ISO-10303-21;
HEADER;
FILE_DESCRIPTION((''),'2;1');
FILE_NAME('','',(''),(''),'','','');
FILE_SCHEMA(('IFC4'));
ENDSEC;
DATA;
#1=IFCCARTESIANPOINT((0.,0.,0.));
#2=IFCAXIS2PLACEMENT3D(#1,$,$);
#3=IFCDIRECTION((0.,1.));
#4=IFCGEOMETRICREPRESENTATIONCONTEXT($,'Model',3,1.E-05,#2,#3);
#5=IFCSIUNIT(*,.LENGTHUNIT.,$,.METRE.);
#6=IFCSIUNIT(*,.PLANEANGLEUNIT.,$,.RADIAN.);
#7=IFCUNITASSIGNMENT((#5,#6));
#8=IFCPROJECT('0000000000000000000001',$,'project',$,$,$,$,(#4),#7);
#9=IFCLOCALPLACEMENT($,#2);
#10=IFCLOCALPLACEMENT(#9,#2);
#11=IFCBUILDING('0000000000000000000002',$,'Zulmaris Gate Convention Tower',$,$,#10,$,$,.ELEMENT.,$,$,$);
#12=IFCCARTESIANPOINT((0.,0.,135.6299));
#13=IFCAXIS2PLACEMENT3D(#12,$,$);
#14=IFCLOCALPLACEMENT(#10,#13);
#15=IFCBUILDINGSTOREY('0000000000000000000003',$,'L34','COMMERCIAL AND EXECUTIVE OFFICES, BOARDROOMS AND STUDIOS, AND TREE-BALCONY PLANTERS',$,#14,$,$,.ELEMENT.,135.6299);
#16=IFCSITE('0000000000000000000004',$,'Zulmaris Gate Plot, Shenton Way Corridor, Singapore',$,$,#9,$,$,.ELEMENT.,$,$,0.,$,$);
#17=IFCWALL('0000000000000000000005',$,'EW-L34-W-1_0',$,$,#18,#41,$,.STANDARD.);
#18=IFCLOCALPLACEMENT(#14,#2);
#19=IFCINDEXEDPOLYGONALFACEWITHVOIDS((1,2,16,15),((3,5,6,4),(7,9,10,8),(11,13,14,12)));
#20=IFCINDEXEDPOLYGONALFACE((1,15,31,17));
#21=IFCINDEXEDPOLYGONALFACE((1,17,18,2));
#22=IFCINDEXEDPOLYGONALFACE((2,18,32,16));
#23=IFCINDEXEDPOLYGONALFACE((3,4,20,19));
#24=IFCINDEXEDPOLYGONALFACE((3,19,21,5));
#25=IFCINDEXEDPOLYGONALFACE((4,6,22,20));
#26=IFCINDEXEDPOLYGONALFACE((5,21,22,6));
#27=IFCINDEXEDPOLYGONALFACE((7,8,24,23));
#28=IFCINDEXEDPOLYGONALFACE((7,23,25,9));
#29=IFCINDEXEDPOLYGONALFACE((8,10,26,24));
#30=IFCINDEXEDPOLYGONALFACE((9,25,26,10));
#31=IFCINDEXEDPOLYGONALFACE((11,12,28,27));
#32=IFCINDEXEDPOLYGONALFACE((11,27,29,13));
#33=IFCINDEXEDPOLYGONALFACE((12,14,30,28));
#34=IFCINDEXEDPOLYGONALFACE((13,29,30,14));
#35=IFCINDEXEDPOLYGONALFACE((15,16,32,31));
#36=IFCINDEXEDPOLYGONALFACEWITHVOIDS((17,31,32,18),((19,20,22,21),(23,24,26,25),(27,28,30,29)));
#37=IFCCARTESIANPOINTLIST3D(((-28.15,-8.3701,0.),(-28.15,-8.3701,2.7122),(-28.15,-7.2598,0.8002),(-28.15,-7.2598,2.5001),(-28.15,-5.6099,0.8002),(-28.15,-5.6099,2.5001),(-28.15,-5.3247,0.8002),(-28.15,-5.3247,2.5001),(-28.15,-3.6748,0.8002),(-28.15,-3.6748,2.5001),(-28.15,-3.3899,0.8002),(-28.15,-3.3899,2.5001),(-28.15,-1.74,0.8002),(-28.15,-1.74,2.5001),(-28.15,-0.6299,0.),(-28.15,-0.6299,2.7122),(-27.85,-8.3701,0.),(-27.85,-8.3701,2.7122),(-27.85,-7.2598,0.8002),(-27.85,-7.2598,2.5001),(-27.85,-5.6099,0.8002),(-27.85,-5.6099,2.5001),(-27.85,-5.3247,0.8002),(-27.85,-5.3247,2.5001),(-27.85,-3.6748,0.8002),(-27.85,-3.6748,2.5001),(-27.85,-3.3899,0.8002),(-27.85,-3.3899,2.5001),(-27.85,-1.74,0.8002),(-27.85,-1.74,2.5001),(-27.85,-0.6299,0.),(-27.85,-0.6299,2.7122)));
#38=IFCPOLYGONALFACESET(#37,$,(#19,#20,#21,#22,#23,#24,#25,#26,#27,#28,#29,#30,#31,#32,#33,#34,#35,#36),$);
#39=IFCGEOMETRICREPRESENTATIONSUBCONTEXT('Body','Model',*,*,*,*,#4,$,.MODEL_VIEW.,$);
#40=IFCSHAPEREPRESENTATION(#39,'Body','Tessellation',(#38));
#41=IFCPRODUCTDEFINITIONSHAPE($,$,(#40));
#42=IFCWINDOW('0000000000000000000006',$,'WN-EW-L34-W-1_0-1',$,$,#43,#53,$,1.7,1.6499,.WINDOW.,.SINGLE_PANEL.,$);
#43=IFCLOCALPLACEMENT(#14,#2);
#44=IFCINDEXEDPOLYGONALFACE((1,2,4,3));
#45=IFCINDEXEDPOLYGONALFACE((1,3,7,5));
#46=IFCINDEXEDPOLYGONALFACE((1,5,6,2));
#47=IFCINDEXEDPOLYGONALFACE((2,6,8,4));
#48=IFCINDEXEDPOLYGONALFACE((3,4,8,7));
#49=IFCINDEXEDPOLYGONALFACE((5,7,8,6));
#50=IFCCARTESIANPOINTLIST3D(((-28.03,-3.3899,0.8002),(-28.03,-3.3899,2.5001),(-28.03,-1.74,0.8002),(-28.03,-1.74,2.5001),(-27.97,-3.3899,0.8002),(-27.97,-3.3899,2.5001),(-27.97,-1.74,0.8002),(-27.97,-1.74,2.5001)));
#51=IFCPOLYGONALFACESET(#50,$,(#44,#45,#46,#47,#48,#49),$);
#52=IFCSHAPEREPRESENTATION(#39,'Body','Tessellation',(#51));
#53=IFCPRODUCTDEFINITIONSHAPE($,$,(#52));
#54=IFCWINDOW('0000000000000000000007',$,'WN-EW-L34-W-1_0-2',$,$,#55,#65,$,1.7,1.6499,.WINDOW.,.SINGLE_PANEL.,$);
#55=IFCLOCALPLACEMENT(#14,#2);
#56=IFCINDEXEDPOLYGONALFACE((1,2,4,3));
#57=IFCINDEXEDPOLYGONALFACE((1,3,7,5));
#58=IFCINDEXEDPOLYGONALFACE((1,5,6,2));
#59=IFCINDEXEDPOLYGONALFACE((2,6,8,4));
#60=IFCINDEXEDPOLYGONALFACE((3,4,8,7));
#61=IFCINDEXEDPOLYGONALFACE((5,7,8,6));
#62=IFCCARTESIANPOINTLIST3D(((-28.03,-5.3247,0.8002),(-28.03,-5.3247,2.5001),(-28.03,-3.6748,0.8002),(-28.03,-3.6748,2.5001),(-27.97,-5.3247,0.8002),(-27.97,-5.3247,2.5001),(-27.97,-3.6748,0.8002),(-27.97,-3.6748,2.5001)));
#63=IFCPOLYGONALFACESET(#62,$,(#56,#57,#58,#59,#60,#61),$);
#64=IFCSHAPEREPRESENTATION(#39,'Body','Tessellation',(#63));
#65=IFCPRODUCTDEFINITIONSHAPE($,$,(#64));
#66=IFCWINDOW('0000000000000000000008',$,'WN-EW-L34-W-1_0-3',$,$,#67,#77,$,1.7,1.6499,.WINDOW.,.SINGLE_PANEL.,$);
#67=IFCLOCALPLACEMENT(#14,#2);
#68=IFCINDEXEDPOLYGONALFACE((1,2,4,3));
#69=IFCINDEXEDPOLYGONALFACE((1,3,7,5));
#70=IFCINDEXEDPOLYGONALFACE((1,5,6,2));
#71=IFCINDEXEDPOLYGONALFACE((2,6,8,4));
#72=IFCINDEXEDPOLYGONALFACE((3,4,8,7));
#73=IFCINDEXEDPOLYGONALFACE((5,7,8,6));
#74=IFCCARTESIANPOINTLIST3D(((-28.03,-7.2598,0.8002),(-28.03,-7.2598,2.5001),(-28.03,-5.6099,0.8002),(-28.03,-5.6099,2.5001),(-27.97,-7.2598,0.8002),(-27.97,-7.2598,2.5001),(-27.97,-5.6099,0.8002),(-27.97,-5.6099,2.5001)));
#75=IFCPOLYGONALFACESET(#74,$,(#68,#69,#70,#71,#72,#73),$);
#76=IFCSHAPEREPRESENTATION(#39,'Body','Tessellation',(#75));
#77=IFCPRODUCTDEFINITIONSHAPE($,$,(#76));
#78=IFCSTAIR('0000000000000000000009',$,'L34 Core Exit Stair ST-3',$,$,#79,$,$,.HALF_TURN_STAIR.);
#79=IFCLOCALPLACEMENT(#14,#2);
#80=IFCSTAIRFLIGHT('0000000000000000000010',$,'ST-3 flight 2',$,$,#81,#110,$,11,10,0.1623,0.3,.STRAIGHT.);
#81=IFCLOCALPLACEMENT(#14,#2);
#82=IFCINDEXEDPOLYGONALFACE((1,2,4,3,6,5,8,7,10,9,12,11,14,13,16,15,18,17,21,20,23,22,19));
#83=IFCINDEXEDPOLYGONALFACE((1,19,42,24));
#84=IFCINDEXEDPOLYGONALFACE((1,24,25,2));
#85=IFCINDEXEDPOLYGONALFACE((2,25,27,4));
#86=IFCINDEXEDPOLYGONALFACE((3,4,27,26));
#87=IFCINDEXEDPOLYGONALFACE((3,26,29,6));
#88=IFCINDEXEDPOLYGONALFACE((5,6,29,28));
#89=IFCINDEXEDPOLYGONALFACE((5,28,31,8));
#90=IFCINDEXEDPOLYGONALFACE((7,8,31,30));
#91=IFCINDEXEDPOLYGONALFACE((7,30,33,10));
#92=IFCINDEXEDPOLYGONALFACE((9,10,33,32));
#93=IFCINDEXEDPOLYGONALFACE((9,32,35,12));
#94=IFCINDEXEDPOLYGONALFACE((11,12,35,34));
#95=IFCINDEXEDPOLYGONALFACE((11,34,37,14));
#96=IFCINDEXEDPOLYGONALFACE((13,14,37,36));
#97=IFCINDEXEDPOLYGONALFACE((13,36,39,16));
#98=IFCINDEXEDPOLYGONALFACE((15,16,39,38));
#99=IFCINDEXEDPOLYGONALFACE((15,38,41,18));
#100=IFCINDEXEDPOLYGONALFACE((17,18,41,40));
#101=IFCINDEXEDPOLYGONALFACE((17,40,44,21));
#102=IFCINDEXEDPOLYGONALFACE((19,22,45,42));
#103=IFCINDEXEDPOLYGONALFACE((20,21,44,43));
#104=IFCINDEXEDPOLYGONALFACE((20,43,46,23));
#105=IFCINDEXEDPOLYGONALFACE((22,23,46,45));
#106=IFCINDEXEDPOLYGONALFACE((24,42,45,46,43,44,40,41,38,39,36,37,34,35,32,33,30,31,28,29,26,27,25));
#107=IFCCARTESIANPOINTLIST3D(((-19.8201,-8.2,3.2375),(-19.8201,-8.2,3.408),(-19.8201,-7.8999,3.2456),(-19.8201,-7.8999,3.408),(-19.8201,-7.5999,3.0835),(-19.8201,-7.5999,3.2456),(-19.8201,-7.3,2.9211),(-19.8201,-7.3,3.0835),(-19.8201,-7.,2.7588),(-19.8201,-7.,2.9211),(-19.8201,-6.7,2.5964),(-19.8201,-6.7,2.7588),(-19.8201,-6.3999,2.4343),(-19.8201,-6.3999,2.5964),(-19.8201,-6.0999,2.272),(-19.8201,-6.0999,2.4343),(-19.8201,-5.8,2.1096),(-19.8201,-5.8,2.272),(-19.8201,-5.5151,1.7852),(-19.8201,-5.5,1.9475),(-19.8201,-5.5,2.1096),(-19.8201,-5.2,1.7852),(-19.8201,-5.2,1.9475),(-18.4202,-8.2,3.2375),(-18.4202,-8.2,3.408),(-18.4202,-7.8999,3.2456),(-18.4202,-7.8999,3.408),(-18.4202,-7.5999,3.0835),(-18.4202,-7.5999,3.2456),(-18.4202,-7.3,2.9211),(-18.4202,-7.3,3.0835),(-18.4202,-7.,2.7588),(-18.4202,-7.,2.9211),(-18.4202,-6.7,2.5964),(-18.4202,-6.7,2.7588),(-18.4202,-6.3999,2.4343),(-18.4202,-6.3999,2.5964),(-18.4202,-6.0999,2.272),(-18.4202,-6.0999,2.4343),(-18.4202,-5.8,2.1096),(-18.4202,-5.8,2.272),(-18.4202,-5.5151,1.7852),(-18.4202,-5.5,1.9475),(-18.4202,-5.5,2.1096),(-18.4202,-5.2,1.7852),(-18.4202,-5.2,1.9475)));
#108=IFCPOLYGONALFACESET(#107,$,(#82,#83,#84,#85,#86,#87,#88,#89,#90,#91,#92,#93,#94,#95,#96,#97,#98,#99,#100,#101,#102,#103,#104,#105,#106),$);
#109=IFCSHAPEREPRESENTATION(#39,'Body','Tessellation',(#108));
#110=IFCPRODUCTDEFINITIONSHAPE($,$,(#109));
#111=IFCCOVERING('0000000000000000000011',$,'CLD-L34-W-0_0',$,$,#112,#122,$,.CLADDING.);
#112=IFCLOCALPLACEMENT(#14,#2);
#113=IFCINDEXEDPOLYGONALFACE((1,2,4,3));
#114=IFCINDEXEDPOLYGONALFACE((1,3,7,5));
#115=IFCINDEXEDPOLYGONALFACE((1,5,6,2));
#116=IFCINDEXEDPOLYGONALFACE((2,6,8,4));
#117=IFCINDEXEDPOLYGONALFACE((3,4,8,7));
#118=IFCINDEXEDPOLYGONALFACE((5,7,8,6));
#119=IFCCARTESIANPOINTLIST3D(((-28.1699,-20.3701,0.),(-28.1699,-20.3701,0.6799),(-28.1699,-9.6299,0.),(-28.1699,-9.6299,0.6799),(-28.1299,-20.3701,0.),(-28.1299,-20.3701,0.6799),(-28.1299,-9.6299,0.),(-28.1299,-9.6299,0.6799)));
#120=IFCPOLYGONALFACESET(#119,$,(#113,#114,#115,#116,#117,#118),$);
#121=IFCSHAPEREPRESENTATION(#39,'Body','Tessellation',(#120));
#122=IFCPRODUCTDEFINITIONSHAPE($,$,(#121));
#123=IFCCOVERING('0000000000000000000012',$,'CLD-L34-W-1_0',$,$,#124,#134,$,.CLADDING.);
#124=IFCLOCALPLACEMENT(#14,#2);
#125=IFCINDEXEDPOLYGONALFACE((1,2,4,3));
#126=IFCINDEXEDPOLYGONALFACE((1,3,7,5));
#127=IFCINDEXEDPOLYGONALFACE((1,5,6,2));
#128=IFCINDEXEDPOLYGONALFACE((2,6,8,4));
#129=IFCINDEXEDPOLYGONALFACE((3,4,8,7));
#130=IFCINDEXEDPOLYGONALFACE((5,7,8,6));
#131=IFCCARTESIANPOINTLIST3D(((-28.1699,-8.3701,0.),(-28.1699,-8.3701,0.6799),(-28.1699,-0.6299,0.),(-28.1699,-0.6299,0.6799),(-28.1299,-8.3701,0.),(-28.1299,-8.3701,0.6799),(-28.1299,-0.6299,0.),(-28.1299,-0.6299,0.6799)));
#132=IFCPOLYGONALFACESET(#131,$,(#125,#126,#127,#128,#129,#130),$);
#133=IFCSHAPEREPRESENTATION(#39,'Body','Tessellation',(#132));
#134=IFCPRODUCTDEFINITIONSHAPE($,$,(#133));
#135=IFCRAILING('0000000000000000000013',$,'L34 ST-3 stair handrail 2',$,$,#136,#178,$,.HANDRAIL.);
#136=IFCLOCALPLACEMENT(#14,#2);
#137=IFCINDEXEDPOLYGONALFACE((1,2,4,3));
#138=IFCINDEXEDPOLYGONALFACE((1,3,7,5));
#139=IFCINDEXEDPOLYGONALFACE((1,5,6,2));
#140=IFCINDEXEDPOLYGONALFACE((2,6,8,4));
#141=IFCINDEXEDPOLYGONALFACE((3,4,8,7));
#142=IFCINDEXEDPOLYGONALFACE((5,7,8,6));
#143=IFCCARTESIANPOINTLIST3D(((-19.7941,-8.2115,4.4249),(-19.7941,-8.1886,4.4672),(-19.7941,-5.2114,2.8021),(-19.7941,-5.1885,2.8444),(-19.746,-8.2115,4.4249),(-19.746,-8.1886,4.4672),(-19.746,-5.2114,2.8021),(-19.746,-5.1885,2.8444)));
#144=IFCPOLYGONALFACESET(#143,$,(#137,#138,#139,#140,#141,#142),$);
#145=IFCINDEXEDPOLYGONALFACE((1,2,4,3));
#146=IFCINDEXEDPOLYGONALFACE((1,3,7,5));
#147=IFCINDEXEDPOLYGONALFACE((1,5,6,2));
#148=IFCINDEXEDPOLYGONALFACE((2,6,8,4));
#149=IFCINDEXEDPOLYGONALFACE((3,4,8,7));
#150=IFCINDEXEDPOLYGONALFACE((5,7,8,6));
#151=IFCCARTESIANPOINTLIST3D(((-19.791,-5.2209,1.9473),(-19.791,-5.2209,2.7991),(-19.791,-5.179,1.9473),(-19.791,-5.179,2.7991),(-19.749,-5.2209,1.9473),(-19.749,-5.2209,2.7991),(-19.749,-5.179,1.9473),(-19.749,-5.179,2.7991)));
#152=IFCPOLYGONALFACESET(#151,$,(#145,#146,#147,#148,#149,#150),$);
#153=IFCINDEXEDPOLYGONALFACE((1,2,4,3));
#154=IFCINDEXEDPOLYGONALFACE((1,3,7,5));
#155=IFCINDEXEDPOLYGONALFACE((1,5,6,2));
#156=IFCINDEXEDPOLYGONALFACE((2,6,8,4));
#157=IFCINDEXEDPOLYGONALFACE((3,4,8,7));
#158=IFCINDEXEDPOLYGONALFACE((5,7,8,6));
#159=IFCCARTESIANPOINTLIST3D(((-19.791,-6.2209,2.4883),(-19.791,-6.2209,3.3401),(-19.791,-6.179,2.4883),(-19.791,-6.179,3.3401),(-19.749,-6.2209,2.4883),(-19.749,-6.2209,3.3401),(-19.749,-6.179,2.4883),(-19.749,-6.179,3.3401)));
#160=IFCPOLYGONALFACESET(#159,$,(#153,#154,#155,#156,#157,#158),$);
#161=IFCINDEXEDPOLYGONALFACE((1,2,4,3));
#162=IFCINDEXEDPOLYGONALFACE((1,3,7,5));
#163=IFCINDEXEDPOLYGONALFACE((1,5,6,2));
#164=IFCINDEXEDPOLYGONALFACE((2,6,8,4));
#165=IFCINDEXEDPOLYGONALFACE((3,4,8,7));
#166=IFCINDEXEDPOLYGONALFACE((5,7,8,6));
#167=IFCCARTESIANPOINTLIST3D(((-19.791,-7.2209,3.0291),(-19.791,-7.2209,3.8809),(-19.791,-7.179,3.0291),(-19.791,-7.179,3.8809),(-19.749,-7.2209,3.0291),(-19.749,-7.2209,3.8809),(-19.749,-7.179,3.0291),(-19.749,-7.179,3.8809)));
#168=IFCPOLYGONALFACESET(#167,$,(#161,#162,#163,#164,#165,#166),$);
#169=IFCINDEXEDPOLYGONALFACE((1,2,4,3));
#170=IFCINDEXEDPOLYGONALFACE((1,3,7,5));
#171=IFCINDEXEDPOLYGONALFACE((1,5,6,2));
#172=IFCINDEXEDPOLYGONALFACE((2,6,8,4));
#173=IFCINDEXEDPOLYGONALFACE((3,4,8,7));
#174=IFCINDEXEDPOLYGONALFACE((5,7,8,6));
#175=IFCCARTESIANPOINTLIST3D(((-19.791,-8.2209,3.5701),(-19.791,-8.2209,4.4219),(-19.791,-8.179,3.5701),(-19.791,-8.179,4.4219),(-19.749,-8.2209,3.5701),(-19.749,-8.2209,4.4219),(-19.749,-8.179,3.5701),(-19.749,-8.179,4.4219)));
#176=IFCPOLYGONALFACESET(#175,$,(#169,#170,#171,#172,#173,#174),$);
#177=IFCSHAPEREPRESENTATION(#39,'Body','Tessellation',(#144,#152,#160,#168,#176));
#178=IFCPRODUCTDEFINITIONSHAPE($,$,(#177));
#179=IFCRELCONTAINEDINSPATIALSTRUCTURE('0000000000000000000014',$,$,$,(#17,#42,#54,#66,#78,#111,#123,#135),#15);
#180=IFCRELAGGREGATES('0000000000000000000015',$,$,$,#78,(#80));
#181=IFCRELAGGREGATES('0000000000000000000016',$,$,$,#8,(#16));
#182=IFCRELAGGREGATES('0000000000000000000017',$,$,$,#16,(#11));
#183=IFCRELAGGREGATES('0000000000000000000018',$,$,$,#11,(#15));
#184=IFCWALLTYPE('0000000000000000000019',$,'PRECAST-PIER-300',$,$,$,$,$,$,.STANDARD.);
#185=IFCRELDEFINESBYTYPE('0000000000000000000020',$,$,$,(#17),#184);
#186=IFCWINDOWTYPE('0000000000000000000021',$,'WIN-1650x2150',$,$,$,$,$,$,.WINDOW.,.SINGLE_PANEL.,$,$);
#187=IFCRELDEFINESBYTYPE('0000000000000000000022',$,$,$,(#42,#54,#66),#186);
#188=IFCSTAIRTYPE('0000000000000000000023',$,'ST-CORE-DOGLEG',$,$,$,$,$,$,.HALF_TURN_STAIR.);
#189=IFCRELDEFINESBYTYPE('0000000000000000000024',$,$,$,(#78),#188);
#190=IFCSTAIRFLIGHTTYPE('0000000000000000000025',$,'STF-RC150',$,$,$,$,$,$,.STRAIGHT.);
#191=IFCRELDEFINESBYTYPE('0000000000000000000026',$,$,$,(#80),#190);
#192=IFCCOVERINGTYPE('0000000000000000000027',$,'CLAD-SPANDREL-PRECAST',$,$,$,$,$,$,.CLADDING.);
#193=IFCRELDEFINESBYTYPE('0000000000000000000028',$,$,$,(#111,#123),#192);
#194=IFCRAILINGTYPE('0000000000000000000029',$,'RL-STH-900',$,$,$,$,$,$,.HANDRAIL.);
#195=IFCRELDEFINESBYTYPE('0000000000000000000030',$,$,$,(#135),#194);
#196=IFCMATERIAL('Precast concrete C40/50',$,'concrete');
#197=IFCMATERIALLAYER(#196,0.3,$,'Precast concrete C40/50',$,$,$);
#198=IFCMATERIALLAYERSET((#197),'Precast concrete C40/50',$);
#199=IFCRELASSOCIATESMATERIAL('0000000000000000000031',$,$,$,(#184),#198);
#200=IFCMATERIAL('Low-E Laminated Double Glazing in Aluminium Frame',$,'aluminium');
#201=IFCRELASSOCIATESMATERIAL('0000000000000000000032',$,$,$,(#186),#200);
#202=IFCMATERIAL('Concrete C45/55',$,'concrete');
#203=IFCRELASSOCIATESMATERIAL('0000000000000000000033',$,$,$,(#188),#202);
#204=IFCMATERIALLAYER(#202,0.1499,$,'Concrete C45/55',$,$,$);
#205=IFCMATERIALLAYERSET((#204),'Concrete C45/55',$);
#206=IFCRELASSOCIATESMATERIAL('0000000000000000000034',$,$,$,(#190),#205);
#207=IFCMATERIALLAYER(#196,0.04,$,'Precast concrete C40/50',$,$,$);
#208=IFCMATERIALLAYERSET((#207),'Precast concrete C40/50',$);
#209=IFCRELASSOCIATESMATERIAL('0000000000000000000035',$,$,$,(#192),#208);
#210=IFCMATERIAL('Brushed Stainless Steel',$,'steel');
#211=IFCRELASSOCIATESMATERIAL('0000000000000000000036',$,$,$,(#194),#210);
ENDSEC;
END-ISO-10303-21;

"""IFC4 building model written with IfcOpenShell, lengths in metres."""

from ifc_helpers import new_model, si_unit, direction, frame, frame_2d, origin, origin_2d, place, context, subcontext, project, spatial, polyline, rectangle, outline, extrude, material, layer, layer_set, type_object, element, fill, aggregate, save


model = new_model("IFC4")

# Units and contexts
model_context = context("Model", 3, precision=1e-05, world=origin(), true_north=direction((0.0, 1.0)))
body_context = subcontext(model_context, "Body", "Model", "MODEL_VIEW")
ifc_project = project(units=[si_unit("LENGTHUNIT", "METRE"), si_unit("PLANEANGLEUNIT", "RADIAN")], contexts=[model_context])

# Site, building, storey
site_placement = place(None, origin())
site = spatial("IfcSite", under=ifc_project, at=site_placement, Name="Zulmaris Gate Plot, Shenton Way Corridor, Singapore", CompositionType="ELEMENT", RefElevation=0.0)
building_placement = place(site_placement, origin())
building = spatial("IfcBuilding", under=site, at=building_placement, Name="Zulmaris Gate Convention Tower", CompositionType="ELEMENT")
storey_placement = place(building_placement, frame((0.0, 0.0, 135.6299)))
storey = spatial("IfcBuildingStorey", under=building, at=storey_placement, Name="L34", Description="COMMERCIAL AND EXECUTIVE OFFICES, BOARDROOMS AND STUDIOS, AND TREE-BALCONY PLANTERS", CompositionType="ELEMENT", Elevation=135.6299)

# Shared definitions
ifc_material_1 = material(Name="Precast concrete C40/50", Category="concrete")
ifc_layer_1 = layer(ifc_material_1, 0.3, Name="Precast concrete C40/50")
ifc_layer_set_1 = layer_set([ifc_layer_1], Name="Precast concrete C40/50")
wall_type_1 = type_object("IfcWallType", Name="PRECAST-PIER-300", PredefinedType="STANDARD", material=ifc_layer_set_1)

# Wall, openings, windows
wall_1_placement = place(storey_placement, frame((-28.0, -0.6299, 0.0), z_axis=(0.0, 0.0, 1.0), x_axis=(0.0, -1.0, 0.0)))
wall_1 = element("IfcWall", 1, at=wall_1_placement, inside=storey, type_object=wall_type_1, Name="EW-L34-W-1_0", PredefinedType="STANDARD", context=body_context, shape_type="SweptSolid", body=[
    extrude(rectangle(XDim=7.7402, YDim=0.3, at=frame_2d((3.8701, 0.0))), origin(), (0.0, 0.0, 1.0), 2.7122),
])
opening_1_placement = place(wall_1_placement, frame((1.1101, 0.0, 0.8)))
opening_1 = element("IfcOpeningElement", 2, at=opening_1_placement, cuts=wall_1, PredefinedType="OPENING", context=body_context, shape_type="SweptSolid", body=[
    extrude(rectangle(XDim=1.6499, YDim=1.7, at=frame_2d((0.825, 0.8501))), frame((0.0, 0.1602, 0.0), z_axis=(0.0, -1.0, 0.0), x_axis=(1.0, 0.0, 0.0)), (0.0, 0.0, 1.0), 0.3201),
])
opening_2_placement = place(wall_1_placement, frame((3.0449, 0.0, 0.8)))
opening_2 = element("IfcOpeningElement", 3, at=opening_2_placement, cuts=wall_1, PredefinedType="OPENING", context=body_context, shape_type="SweptSolid", body=[
    extrude(rectangle(XDim=1.6499, YDim=1.7, at=frame_2d((0.825, 0.8501))), frame((0.0, 0.1602, 0.0), z_axis=(0.0, -1.0, 0.0), x_axis=(1.0, 0.0, 0.0)), (0.0, 0.0, 1.0), 0.3201),
])
opening_3_placement = place(wall_1_placement, frame((4.98, 0.0, 0.8)))
opening_3 = element("IfcOpeningElement", 4, at=opening_3_placement, cuts=wall_1, PredefinedType="OPENING", context=body_context, shape_type="SweptSolid", body=[
    extrude(rectangle(XDim=1.6499, YDim=1.7, at=frame_2d((0.825, 0.8501))), frame((0.0, 0.1602, 0.0), z_axis=(0.0, -1.0, 0.0), x_axis=(1.0, 0.0, 0.0)), (0.0, 0.0, 1.0), 0.3201),
])
ifc_material_2 = material(Name="Low-E Laminated Double Glazing in Aluminium Frame", Category="aluminium")
window_type = type_object("IfcWindowType", Name="WIN-1650x2150", PartitioningType="SINGLE_PANEL", PredefinedType="WINDOW", material=ifc_material_2)
window_1_placement = place(opening_1_placement, origin())
window_1 = element("IfcWindow", 5, at=window_1_placement, inside=storey, type_object=window_type, Name="WN-EW-L34-W-1_0-1", OverallHeight=1.7, OverallWidth=1.6499, PartitioningType="SINGLE_PANEL", PredefinedType="WINDOW", context=body_context, shape_type="SweptSolid", body=[
    extrude(rectangle(XDim=1.6499, YDim=1.7, at=frame_2d((0.825, 0.8501))), frame((0.0, 0.03, 0.0), z_axis=(0.0, -1.0, 0.0), x_axis=(1.0, 0.0, 0.0)), (0.0, 0.0, 1.0), 0.0601),
])
fill(opening_1, window_1)
window_2_placement = place(opening_2_placement, origin())
window_2 = element("IfcWindow", 6, at=window_2_placement, inside=storey, type_object=window_type, Name="WN-EW-L34-W-1_0-2", OverallHeight=1.7, OverallWidth=1.6499, PartitioningType="SINGLE_PANEL", PredefinedType="WINDOW", context=body_context, shape_type="SweptSolid", body=[
    extrude(rectangle(XDim=1.6499, YDim=1.7, at=frame_2d((0.825, 0.8501))), frame((0.0, 0.03, 0.0), z_axis=(0.0, -1.0, 0.0), x_axis=(1.0, 0.0, 0.0)), (0.0, 0.0, 1.0), 0.0601),
])
fill(opening_2, window_2)
window_3_placement = place(opening_3_placement, origin())
window_3 = element("IfcWindow", 7, at=window_3_placement, inside=storey, type_object=window_type, Name="WN-EW-L34-W-1_0-3", OverallHeight=1.7, OverallWidth=1.6499, PartitioningType="SINGLE_PANEL", PredefinedType="WINDOW", context=body_context, shape_type="SweptSolid", body=[
    extrude(rectangle(XDim=1.6499, YDim=1.7, at=frame_2d((0.825, 0.8501))), frame((0.0, 0.03, 0.0), z_axis=(0.0, -1.0, 0.0), x_axis=(1.0, 0.0, 0.0)), (0.0, 0.0, 1.0), 0.0601),
])
fill(opening_3, window_3)

# Stair, stair flight
ifc_material_3 = material(Name="Concrete C45/55", Category="concrete")
stair_type = type_object("IfcStairType", Name="ST-CORE-DOGLEG", PredefinedType="HALF_TURN_STAIR", material=ifc_material_3)
stair_placement = place(storey_placement, origin())
stair = element("IfcStair", 8, at=stair_placement, inside=storey, type_object=stair_type, Name="L34 Core Exit Stair ST-3", PredefinedType="HALF_TURN_STAIR")
ifc_layer_2 = layer(ifc_material_3, 0.1499, Name="Concrete C45/55")
ifc_layer_set_2 = layer_set([ifc_layer_2], Name="Concrete C45/55")
stair_flight_type = type_object("IfcStairFlightType", Name="STF-RC150", PredefinedType="STRAIGHT", material=ifc_layer_set_2)
stair_flight_placement = place(storey_placement, frame((-19.1201, -5.2, 1.7852), z_axis=(0.0, 0.0, 1.0), x_axis=(0.0, -1.0, 0.0)))
stair_flight = element("IfcStairFlight", 9, at=stair_flight_placement, type_object=stair_flight_type, Name="ST-3 flight 2", NumberOfRisers=11, NumberOfTreads=10, PredefinedType="STRAIGHT", RiserHeight=0.1623, TreadLength=0.3, context=body_context, shape_type="SweptSolid", body=[
    extrude(outline(polyline([(0.0, 0.0), (0.0, 0.1624), (0.3, 0.1624), (0.3, 0.3245), (0.6001, 0.3245), (0.6001, 0.4868), (0.8999, 0.4868), (0.8999, 0.6492), (1.2, 0.6492), (1.2, 0.8113), (1.5, 0.8113), (1.5, 0.9736), (1.8, 0.9736), (1.8, 1.136), (2.1001, 1.136), (2.1001, 1.2983), (2.3999, 1.2983), (2.3999, 1.4604), (2.7, 1.4604), (2.7, 1.6228), (3.0, 1.6228), (3.0, 1.7852), (3.0, 1.4524), (0.3152, 0.0), (0.0, 0.0)])), frame((0.0, 0.7, 0.0), z_axis=(0.0, -1.0, 0.0), x_axis=(1.0, 0.0, 0.0)), (0.0, 0.0, 1.0), 1.3999),
])
aggregate(stair, [stair_flight])

# Coverings
ifc_layer_3 = layer(ifc_material_1, 0.04, Name="Precast concrete C40/50")
ifc_layer_set_3 = layer_set([ifc_layer_3], Name="Precast concrete C40/50")
covering_type = type_object("IfcCoveringType", Name="CLAD-SPANDREL-PRECAST", PredefinedType="CLADDING", material=ifc_layer_set_3)
covering_1_placement = place(storey_placement, frame((-28.1499, -9.6299, 0.0), z_axis=(0.0, 0.0, 1.0), x_axis=(0.0, -1.0, 0.0)))
element("IfcCovering", 10, at=covering_1_placement, inside=storey, type_object=covering_type, Name="CLD-L34-W-0_0", PredefinedType="CLADDING", context=body_context, shape_type="SweptSolid", body=[
    extrude(rectangle(XDim=10.7402, YDim=0.04, at=frame_2d((5.3701, 0.0))), origin(), (0.0, 0.0, 1.0), 0.6799),
])
covering_2_placement = place(storey_placement, frame((-28.1499, -0.6299, 0.0), z_axis=(0.0, 0.0, 1.0), x_axis=(0.0, -1.0, 0.0)))
element("IfcCovering", 11, at=covering_2_placement, inside=storey, type_object=covering_type, Name="CLD-L34-W-1_0", PredefinedType="CLADDING", context=body_context, shape_type="SweptSolid", body=[
    extrude(rectangle(XDim=7.7402, YDim=0.04, at=frame_2d((3.8701, 0.0))), origin(), (0.0, 0.0, 1.0), 0.6799),
])

# Railing
ifc_material_4 = material(Name="Brushed Stainless Steel", Category="steel")
railing_type = type_object("IfcRailingType", Name="RL-STH-900", PredefinedType="HANDRAIL", material=ifc_material_4)
railing_placement = place(storey_placement, frame((-19.77, -5.2, 1.9473)))
element("IfcRailing", 12, at=railing_placement, inside=storey, type_object=railing_type, Name="L34 ST-3 stair handrail 2", PredefinedType="HANDRAIL", context=body_context, shape_type="SweptSolid", body=[
    extrude(rectangle(XDim=0.0481, YDim=0.0481, at=origin_2d()), frame((0.0, 0.0, 0.876), z_axis=(0.0, -0.879562, 0.475785), x_axis=(1.0, 0.0, 0.0)), (0.0, 0.0, 1.0), 3.4109),
    extrude(rectangle(XDim=0.042, YDim=0.042, at=origin_2d()), origin(), (0.0, 0.0, 1.0), 0.8518),
    extrude(rectangle(XDim=0.042, YDim=0.042, at=origin_2d()), frame((0.0, -1.0, 0.541)), (0.0, 0.0, 1.0), 0.8518),
    extrude(rectangle(XDim=0.042, YDim=0.042, at=origin_2d()), frame((0.0, -2.0, 1.0818)), (0.0, 0.0, 1.0), 0.8518),
    extrude(rectangle(XDim=0.042, YDim=0.042, at=origin_2d()), frame((0.0, -3.0, 1.6228)), (0.0, 0.0, 1.0), 0.8518),
])

save(model, "model.ifc")
